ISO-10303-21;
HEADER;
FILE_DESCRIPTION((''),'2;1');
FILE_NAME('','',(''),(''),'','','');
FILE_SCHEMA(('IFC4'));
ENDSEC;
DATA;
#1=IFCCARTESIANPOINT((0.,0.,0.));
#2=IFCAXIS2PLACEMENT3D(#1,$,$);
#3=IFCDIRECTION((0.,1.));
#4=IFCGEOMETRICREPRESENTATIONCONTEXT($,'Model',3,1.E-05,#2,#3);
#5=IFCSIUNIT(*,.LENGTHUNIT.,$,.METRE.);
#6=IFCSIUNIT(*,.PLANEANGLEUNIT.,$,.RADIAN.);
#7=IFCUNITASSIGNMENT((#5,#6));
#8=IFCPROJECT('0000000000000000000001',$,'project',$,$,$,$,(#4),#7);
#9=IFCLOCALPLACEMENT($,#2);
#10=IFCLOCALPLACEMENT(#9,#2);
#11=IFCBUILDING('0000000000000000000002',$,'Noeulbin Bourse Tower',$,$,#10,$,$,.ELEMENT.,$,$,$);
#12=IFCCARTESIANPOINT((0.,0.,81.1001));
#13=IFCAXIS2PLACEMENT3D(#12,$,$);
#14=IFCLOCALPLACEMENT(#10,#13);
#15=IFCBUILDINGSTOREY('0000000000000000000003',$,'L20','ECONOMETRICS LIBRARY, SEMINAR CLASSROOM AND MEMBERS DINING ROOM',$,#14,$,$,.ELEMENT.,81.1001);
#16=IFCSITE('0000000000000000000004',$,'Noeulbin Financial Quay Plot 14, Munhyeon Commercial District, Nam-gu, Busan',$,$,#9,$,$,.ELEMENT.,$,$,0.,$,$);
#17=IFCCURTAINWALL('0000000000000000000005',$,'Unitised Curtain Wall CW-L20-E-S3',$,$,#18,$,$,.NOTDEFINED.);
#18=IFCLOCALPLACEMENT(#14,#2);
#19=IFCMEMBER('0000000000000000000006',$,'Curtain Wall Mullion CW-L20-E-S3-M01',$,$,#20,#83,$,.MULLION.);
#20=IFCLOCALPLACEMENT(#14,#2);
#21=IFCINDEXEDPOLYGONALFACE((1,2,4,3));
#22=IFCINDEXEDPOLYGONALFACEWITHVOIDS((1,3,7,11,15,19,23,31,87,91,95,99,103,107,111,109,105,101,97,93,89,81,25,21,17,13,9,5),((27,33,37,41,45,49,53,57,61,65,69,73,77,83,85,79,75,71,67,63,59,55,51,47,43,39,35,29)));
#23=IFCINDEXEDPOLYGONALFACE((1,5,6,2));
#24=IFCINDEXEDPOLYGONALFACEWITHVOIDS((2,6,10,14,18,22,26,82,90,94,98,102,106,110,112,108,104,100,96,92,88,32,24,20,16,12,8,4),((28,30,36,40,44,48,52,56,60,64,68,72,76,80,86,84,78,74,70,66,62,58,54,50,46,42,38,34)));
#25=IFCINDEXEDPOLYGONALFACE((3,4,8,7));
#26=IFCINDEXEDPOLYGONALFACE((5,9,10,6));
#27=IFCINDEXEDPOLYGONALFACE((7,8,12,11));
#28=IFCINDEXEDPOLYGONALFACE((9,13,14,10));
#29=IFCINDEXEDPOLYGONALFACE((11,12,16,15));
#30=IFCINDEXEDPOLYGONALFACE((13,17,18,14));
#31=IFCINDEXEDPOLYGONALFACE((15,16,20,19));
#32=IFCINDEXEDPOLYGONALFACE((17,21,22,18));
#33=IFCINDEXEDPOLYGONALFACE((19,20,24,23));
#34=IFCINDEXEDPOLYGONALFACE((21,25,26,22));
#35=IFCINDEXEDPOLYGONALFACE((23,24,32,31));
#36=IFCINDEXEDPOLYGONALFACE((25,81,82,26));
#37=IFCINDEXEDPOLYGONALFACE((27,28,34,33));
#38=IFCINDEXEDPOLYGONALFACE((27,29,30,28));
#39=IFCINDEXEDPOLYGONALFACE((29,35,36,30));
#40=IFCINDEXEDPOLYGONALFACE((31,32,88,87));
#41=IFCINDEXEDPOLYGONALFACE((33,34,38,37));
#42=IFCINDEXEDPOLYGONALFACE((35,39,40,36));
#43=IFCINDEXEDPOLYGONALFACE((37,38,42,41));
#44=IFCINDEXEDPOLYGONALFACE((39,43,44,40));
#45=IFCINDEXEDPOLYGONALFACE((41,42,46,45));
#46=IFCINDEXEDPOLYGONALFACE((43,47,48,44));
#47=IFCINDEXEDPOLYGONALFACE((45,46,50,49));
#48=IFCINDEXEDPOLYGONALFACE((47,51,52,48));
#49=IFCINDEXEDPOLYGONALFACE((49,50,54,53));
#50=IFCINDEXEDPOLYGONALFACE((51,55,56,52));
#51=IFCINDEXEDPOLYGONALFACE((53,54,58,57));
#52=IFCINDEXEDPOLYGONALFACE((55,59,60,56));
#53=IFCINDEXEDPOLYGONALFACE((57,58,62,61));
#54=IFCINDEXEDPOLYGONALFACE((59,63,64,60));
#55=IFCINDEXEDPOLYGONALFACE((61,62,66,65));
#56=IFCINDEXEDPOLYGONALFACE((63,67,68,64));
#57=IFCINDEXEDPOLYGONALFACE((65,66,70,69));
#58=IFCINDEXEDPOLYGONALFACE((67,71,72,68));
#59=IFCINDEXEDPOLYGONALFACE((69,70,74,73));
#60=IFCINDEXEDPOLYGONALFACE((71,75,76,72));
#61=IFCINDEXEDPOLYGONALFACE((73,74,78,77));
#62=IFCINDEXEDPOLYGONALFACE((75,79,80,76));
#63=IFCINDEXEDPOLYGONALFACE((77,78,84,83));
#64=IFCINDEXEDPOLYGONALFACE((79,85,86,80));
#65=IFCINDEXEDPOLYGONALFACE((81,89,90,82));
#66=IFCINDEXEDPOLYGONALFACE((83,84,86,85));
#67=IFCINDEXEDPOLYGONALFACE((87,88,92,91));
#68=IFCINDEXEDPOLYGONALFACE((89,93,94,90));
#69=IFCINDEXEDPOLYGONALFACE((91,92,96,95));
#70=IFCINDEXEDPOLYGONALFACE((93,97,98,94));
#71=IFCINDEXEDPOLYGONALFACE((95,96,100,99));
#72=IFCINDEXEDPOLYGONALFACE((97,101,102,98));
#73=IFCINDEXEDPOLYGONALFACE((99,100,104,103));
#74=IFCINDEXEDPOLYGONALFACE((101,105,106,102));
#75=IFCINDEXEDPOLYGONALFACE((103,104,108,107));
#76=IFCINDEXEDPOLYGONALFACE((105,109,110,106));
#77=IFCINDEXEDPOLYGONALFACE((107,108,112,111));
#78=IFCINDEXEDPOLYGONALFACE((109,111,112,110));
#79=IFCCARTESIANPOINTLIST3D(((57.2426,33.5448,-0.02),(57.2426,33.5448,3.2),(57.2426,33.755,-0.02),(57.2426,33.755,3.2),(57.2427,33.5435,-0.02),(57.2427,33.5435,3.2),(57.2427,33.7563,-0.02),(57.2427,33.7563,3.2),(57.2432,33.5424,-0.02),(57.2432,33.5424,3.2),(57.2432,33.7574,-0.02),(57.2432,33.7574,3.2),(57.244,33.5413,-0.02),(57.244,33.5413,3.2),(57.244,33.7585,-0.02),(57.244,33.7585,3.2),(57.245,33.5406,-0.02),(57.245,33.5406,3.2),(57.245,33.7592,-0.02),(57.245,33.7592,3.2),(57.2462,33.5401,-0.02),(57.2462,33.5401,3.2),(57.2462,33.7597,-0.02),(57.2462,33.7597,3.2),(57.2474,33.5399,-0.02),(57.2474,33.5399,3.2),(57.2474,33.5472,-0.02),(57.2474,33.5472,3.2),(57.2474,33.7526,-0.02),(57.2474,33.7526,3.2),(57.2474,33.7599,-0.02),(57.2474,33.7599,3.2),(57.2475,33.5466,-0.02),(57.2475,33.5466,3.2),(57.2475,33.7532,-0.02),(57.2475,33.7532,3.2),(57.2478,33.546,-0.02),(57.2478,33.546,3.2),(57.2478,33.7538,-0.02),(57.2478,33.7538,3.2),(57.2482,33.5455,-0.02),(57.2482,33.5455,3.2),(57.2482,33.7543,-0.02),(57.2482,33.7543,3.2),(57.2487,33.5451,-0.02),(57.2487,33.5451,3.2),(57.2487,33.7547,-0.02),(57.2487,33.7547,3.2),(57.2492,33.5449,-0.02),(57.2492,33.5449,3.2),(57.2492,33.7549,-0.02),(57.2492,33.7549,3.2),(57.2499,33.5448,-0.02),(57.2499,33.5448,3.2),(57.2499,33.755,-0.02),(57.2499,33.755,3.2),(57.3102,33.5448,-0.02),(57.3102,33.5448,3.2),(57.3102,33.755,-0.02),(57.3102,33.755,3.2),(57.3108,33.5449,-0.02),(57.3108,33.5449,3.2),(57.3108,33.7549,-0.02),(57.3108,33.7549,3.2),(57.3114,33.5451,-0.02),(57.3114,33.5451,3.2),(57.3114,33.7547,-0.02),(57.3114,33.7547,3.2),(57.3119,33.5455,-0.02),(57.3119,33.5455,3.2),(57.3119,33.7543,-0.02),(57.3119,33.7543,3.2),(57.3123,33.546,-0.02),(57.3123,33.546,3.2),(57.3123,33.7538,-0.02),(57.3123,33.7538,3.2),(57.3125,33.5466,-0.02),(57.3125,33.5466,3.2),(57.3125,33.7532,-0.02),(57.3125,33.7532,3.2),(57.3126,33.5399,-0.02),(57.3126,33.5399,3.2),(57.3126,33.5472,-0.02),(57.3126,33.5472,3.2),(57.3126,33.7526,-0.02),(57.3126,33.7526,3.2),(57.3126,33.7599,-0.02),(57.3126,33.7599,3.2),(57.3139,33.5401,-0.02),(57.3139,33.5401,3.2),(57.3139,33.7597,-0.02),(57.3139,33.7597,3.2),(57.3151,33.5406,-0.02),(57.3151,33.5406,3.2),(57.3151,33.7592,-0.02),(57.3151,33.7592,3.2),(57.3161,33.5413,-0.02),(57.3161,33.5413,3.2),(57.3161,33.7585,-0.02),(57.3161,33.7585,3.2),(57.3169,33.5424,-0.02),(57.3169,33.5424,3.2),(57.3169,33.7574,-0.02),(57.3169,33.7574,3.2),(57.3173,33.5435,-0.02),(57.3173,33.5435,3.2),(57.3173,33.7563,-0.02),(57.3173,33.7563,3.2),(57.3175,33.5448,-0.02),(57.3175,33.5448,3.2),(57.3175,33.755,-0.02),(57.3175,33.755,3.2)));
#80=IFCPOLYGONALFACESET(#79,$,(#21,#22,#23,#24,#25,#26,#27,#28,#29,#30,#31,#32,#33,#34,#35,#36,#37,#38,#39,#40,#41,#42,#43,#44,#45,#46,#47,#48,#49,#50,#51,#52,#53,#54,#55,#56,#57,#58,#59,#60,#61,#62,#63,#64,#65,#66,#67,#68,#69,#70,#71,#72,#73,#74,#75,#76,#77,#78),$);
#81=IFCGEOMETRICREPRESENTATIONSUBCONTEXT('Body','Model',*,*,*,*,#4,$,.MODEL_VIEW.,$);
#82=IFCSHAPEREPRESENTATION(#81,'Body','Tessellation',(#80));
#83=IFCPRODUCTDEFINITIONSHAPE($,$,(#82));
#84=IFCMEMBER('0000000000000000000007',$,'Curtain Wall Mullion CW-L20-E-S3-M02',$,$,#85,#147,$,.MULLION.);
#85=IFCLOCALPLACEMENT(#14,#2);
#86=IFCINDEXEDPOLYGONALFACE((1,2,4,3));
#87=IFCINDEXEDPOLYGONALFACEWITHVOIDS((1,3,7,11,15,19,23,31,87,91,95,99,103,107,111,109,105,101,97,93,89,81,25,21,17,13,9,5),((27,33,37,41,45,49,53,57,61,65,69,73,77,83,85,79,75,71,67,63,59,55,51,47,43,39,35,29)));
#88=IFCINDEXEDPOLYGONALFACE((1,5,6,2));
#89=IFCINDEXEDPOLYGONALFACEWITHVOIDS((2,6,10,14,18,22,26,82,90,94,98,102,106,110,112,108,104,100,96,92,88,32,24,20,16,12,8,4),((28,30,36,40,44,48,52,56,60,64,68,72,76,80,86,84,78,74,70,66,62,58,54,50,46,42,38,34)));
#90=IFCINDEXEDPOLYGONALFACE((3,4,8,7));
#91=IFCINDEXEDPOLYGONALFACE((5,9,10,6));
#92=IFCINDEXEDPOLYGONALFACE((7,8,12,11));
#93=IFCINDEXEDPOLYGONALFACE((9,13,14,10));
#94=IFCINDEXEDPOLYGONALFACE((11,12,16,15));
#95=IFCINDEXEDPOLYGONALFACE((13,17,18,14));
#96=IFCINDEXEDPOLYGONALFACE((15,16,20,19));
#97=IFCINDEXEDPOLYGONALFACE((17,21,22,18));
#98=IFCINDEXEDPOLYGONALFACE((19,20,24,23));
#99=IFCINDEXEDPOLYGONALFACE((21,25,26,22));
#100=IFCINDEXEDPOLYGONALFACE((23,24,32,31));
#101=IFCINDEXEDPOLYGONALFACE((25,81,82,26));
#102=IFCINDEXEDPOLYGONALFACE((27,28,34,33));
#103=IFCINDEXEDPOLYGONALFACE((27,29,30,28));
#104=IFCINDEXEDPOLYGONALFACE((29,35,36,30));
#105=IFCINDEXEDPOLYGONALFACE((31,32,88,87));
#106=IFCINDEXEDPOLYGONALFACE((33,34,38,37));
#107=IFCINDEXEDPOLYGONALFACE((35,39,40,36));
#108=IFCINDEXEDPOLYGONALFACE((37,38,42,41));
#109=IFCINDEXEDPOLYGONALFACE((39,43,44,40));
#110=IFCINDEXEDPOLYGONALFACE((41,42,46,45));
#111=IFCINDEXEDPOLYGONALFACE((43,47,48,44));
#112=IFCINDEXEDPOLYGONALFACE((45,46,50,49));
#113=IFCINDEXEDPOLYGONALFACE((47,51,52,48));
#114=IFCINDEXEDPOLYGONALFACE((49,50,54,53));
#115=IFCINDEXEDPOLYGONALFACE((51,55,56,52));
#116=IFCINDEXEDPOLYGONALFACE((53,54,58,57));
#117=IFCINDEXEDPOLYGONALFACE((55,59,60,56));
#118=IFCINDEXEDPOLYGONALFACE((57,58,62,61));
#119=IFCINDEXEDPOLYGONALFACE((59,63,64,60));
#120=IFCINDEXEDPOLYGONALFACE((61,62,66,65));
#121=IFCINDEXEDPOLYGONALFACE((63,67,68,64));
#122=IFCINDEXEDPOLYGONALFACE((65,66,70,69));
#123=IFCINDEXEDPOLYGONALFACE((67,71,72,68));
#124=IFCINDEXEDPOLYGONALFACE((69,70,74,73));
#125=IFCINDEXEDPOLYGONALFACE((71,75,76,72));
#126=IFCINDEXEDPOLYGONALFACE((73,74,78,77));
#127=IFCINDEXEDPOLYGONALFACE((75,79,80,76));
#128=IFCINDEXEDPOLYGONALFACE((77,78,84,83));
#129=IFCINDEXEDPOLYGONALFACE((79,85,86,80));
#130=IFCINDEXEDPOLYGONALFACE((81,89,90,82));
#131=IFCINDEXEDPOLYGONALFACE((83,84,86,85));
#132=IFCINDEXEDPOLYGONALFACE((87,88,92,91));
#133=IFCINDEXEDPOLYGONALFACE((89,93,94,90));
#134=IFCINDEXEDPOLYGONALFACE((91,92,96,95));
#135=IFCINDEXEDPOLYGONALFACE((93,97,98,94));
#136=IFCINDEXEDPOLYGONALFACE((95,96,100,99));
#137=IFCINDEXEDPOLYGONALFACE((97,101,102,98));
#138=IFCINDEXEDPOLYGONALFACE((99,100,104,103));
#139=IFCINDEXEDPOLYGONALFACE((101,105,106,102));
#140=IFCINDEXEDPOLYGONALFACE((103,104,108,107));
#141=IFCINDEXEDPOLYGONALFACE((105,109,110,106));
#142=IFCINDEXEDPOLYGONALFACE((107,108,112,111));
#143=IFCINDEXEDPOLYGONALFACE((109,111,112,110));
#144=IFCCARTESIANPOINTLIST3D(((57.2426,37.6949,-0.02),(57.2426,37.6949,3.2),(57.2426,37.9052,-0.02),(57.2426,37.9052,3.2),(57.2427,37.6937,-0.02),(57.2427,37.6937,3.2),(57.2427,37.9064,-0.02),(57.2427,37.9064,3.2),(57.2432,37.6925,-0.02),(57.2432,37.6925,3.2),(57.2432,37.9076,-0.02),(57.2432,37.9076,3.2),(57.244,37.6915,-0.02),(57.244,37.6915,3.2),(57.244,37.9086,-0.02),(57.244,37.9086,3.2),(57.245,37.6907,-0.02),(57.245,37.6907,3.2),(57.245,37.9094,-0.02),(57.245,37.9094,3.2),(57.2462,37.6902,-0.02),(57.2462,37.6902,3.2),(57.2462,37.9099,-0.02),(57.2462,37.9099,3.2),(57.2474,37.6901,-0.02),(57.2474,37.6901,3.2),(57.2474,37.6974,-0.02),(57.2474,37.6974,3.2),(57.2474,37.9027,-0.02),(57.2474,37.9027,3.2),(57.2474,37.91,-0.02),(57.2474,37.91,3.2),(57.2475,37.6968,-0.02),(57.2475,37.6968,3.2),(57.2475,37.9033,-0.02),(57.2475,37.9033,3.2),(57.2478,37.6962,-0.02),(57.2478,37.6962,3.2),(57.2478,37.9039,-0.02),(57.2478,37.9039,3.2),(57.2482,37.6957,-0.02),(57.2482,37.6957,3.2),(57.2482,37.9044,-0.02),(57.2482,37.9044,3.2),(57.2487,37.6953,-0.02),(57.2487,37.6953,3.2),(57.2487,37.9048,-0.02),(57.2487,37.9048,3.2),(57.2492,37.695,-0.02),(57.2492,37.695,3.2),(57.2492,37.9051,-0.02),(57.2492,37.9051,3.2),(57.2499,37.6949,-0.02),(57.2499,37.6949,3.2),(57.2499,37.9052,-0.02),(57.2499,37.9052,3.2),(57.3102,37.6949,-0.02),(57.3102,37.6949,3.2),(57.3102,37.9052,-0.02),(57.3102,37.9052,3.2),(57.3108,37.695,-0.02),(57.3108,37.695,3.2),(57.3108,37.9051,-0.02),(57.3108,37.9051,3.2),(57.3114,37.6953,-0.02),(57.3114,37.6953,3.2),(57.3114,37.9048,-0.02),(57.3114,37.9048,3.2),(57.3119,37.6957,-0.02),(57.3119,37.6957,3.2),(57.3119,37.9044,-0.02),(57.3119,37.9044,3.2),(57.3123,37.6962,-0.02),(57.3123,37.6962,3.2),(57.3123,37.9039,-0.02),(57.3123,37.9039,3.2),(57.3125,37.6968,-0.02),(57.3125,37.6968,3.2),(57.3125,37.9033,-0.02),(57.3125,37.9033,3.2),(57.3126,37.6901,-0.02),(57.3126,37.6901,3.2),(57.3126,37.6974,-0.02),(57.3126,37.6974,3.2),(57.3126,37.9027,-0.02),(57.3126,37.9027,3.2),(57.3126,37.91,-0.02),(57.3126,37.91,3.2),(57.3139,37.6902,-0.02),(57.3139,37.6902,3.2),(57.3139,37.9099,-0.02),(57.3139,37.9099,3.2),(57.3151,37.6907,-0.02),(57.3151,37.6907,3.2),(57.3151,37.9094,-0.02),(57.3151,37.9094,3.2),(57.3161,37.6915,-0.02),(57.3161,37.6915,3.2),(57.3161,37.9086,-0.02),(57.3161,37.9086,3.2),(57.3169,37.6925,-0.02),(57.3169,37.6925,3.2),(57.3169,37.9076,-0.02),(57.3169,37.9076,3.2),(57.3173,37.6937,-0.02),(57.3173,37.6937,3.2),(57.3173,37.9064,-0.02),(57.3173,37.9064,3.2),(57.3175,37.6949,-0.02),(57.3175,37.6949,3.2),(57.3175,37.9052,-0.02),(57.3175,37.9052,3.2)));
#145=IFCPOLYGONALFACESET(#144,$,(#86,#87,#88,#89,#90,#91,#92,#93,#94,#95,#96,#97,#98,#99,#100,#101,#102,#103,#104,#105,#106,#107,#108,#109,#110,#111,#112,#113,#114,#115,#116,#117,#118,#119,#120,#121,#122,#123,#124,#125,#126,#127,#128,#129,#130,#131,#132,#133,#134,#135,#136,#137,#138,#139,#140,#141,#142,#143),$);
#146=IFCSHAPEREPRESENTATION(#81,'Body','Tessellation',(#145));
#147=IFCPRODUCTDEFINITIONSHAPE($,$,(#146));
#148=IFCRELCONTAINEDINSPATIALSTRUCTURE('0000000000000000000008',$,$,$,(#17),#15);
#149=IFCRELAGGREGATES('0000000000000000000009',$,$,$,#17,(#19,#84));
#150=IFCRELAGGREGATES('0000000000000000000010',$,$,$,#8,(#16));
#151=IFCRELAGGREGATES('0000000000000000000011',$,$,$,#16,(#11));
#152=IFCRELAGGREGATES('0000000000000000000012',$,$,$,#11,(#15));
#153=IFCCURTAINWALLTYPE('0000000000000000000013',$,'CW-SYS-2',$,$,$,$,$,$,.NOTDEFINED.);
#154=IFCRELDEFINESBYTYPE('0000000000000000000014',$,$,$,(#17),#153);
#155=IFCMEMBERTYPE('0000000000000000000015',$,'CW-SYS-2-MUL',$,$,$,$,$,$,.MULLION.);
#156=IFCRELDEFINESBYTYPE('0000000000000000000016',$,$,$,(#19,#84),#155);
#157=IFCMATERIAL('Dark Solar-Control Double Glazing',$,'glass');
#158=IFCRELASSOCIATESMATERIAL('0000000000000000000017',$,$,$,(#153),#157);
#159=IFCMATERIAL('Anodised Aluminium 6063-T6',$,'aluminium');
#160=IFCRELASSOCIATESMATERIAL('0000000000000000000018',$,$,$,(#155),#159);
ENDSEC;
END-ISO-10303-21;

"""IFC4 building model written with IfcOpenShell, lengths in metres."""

from ifc_helpers import new_model, si_unit, direction, frame, origin, origin_2d, place, context, subcontext, project, spatial, hollow_rectangle, extrude, material, material_profile, profile_set, type_object, element, aggregate, save


model = new_model("IFC4")

# Units and contexts
model_context = context("Model", 3, precision=1e-05, world=origin(), true_north=direction((0.0, 1.0)))
body_context = subcontext(model_context, "Body", "Model", "MODEL_VIEW")
ifc_project = project(units=[si_unit("LENGTHUNIT", "METRE"), si_unit("PLANEANGLEUNIT", "RADIAN")], contexts=[model_context])

# Site, building, storey
site_placement = place(None, origin())
site = spatial("IfcSite", under=ifc_project, at=site_placement, Name="Noeulbin Financial Quay Plot 14, Munhyeon Commercial District, Nam-gu, Busan", CompositionType="ELEMENT", RefElevation=0.0)
building_placement = place(site_placement, origin())
building = spatial("IfcBuilding", under=site, at=building_placement, Name="Noeulbin Bourse Tower", CompositionType="ELEMENT")
storey_placement = place(building_placement, frame((0.0, 0.0, 81.1001)))
storey = spatial("IfcBuildingStorey", under=building, at=storey_placement, Name="L20", Description="ECONOMETRICS LIBRARY, SEMINAR CLASSROOM AND MEMBERS DINING ROOM", CompositionType="ELEMENT", Elevation=81.1001)

# Curtain wall, members
ifc_material_1 = material(Name="Dark Solar-Control Double Glazing", Category="glass")
curtain_wall_type = type_object("IfcCurtainWallType", Name="CW-SYS-2", PredefinedType="NOTDEFINED", material=ifc_material_1)
ifc_material_2 = material(Name="Anodised Aluminium 6063-T6", Category="aluminium")
ifc_material_profile_1 = material_profile(ifc_material_2, hollow_rectangle(XDim=0.075, YDim=0.22, WallThickness=0.0049, InnerFilletRadius=0.0024, OuterFilletRadius=0.0049, at=origin_2d()), Name="ALU-MULL-75x220x5", Category="LoadBearing")
ifc_profile_set_1 = profile_set([ifc_material_profile_1], Name="Anodised Aluminium 6063-T6")
member_type_1 = type_object("IfcMemberType", Name="CW-SYS-2-MUL", PredefinedType="MULLION", material=ifc_profile_set_1)
curtain_wall_1_placement = place(storey_placement, origin())
curtain_wall_1 = element("IfcCurtainWall", 1, at=curtain_wall_1_placement, inside=storey, type_object=curtain_wall_type, Name="Unitised Curtain Wall CW-L20-E-S3", PredefinedType="NOTDEFINED")
member_1_placement = place(storey_placement, frame((57.28, 33.6499, -0.02), z_axis=(0.0, 0.0, 1.0), x_axis=(1.0, 0.0, 0.0)))
member_1 = element("IfcMember", 2, at=member_1_placement, type_object=member_type_1, Name="Curtain Wall Mullion CW-L20-E-S3-M01", PredefinedType="MULLION", context=body_context, shape_type="SweptSolid", body=[
    extrude(hollow_rectangle(XDim=0.075, YDim=0.22, WallThickness=0.0049, InnerFilletRadius=0.0024, OuterFilletRadius=0.0049, at=origin_2d()), origin(), (0.0, 0.0, 1.0), 3.22),
])
member_2_placement = place(storey_placement, frame((57.28, 37.8, -0.02), z_axis=(0.0, 0.0, 1.0), x_axis=(1.0, 0.0, 0.0)))
member_2 = element("IfcMember", 3, at=member_2_placement, type_object=member_type_1, Name="Curtain Wall Mullion CW-L20-E-S3-M02", PredefinedType="MULLION", context=body_context, shape_type="SweptSolid", body=[
    extrude(hollow_rectangle(XDim=0.075, YDim=0.22, WallThickness=0.0049, InnerFilletRadius=0.0024, OuterFilletRadius=0.0049, at=origin_2d()), origin(), (0.0, 0.0, 1.0), 3.22),
])

aggregate(curtain_wall_1, [member_1, member_2])

save(model, "model.ifc")
